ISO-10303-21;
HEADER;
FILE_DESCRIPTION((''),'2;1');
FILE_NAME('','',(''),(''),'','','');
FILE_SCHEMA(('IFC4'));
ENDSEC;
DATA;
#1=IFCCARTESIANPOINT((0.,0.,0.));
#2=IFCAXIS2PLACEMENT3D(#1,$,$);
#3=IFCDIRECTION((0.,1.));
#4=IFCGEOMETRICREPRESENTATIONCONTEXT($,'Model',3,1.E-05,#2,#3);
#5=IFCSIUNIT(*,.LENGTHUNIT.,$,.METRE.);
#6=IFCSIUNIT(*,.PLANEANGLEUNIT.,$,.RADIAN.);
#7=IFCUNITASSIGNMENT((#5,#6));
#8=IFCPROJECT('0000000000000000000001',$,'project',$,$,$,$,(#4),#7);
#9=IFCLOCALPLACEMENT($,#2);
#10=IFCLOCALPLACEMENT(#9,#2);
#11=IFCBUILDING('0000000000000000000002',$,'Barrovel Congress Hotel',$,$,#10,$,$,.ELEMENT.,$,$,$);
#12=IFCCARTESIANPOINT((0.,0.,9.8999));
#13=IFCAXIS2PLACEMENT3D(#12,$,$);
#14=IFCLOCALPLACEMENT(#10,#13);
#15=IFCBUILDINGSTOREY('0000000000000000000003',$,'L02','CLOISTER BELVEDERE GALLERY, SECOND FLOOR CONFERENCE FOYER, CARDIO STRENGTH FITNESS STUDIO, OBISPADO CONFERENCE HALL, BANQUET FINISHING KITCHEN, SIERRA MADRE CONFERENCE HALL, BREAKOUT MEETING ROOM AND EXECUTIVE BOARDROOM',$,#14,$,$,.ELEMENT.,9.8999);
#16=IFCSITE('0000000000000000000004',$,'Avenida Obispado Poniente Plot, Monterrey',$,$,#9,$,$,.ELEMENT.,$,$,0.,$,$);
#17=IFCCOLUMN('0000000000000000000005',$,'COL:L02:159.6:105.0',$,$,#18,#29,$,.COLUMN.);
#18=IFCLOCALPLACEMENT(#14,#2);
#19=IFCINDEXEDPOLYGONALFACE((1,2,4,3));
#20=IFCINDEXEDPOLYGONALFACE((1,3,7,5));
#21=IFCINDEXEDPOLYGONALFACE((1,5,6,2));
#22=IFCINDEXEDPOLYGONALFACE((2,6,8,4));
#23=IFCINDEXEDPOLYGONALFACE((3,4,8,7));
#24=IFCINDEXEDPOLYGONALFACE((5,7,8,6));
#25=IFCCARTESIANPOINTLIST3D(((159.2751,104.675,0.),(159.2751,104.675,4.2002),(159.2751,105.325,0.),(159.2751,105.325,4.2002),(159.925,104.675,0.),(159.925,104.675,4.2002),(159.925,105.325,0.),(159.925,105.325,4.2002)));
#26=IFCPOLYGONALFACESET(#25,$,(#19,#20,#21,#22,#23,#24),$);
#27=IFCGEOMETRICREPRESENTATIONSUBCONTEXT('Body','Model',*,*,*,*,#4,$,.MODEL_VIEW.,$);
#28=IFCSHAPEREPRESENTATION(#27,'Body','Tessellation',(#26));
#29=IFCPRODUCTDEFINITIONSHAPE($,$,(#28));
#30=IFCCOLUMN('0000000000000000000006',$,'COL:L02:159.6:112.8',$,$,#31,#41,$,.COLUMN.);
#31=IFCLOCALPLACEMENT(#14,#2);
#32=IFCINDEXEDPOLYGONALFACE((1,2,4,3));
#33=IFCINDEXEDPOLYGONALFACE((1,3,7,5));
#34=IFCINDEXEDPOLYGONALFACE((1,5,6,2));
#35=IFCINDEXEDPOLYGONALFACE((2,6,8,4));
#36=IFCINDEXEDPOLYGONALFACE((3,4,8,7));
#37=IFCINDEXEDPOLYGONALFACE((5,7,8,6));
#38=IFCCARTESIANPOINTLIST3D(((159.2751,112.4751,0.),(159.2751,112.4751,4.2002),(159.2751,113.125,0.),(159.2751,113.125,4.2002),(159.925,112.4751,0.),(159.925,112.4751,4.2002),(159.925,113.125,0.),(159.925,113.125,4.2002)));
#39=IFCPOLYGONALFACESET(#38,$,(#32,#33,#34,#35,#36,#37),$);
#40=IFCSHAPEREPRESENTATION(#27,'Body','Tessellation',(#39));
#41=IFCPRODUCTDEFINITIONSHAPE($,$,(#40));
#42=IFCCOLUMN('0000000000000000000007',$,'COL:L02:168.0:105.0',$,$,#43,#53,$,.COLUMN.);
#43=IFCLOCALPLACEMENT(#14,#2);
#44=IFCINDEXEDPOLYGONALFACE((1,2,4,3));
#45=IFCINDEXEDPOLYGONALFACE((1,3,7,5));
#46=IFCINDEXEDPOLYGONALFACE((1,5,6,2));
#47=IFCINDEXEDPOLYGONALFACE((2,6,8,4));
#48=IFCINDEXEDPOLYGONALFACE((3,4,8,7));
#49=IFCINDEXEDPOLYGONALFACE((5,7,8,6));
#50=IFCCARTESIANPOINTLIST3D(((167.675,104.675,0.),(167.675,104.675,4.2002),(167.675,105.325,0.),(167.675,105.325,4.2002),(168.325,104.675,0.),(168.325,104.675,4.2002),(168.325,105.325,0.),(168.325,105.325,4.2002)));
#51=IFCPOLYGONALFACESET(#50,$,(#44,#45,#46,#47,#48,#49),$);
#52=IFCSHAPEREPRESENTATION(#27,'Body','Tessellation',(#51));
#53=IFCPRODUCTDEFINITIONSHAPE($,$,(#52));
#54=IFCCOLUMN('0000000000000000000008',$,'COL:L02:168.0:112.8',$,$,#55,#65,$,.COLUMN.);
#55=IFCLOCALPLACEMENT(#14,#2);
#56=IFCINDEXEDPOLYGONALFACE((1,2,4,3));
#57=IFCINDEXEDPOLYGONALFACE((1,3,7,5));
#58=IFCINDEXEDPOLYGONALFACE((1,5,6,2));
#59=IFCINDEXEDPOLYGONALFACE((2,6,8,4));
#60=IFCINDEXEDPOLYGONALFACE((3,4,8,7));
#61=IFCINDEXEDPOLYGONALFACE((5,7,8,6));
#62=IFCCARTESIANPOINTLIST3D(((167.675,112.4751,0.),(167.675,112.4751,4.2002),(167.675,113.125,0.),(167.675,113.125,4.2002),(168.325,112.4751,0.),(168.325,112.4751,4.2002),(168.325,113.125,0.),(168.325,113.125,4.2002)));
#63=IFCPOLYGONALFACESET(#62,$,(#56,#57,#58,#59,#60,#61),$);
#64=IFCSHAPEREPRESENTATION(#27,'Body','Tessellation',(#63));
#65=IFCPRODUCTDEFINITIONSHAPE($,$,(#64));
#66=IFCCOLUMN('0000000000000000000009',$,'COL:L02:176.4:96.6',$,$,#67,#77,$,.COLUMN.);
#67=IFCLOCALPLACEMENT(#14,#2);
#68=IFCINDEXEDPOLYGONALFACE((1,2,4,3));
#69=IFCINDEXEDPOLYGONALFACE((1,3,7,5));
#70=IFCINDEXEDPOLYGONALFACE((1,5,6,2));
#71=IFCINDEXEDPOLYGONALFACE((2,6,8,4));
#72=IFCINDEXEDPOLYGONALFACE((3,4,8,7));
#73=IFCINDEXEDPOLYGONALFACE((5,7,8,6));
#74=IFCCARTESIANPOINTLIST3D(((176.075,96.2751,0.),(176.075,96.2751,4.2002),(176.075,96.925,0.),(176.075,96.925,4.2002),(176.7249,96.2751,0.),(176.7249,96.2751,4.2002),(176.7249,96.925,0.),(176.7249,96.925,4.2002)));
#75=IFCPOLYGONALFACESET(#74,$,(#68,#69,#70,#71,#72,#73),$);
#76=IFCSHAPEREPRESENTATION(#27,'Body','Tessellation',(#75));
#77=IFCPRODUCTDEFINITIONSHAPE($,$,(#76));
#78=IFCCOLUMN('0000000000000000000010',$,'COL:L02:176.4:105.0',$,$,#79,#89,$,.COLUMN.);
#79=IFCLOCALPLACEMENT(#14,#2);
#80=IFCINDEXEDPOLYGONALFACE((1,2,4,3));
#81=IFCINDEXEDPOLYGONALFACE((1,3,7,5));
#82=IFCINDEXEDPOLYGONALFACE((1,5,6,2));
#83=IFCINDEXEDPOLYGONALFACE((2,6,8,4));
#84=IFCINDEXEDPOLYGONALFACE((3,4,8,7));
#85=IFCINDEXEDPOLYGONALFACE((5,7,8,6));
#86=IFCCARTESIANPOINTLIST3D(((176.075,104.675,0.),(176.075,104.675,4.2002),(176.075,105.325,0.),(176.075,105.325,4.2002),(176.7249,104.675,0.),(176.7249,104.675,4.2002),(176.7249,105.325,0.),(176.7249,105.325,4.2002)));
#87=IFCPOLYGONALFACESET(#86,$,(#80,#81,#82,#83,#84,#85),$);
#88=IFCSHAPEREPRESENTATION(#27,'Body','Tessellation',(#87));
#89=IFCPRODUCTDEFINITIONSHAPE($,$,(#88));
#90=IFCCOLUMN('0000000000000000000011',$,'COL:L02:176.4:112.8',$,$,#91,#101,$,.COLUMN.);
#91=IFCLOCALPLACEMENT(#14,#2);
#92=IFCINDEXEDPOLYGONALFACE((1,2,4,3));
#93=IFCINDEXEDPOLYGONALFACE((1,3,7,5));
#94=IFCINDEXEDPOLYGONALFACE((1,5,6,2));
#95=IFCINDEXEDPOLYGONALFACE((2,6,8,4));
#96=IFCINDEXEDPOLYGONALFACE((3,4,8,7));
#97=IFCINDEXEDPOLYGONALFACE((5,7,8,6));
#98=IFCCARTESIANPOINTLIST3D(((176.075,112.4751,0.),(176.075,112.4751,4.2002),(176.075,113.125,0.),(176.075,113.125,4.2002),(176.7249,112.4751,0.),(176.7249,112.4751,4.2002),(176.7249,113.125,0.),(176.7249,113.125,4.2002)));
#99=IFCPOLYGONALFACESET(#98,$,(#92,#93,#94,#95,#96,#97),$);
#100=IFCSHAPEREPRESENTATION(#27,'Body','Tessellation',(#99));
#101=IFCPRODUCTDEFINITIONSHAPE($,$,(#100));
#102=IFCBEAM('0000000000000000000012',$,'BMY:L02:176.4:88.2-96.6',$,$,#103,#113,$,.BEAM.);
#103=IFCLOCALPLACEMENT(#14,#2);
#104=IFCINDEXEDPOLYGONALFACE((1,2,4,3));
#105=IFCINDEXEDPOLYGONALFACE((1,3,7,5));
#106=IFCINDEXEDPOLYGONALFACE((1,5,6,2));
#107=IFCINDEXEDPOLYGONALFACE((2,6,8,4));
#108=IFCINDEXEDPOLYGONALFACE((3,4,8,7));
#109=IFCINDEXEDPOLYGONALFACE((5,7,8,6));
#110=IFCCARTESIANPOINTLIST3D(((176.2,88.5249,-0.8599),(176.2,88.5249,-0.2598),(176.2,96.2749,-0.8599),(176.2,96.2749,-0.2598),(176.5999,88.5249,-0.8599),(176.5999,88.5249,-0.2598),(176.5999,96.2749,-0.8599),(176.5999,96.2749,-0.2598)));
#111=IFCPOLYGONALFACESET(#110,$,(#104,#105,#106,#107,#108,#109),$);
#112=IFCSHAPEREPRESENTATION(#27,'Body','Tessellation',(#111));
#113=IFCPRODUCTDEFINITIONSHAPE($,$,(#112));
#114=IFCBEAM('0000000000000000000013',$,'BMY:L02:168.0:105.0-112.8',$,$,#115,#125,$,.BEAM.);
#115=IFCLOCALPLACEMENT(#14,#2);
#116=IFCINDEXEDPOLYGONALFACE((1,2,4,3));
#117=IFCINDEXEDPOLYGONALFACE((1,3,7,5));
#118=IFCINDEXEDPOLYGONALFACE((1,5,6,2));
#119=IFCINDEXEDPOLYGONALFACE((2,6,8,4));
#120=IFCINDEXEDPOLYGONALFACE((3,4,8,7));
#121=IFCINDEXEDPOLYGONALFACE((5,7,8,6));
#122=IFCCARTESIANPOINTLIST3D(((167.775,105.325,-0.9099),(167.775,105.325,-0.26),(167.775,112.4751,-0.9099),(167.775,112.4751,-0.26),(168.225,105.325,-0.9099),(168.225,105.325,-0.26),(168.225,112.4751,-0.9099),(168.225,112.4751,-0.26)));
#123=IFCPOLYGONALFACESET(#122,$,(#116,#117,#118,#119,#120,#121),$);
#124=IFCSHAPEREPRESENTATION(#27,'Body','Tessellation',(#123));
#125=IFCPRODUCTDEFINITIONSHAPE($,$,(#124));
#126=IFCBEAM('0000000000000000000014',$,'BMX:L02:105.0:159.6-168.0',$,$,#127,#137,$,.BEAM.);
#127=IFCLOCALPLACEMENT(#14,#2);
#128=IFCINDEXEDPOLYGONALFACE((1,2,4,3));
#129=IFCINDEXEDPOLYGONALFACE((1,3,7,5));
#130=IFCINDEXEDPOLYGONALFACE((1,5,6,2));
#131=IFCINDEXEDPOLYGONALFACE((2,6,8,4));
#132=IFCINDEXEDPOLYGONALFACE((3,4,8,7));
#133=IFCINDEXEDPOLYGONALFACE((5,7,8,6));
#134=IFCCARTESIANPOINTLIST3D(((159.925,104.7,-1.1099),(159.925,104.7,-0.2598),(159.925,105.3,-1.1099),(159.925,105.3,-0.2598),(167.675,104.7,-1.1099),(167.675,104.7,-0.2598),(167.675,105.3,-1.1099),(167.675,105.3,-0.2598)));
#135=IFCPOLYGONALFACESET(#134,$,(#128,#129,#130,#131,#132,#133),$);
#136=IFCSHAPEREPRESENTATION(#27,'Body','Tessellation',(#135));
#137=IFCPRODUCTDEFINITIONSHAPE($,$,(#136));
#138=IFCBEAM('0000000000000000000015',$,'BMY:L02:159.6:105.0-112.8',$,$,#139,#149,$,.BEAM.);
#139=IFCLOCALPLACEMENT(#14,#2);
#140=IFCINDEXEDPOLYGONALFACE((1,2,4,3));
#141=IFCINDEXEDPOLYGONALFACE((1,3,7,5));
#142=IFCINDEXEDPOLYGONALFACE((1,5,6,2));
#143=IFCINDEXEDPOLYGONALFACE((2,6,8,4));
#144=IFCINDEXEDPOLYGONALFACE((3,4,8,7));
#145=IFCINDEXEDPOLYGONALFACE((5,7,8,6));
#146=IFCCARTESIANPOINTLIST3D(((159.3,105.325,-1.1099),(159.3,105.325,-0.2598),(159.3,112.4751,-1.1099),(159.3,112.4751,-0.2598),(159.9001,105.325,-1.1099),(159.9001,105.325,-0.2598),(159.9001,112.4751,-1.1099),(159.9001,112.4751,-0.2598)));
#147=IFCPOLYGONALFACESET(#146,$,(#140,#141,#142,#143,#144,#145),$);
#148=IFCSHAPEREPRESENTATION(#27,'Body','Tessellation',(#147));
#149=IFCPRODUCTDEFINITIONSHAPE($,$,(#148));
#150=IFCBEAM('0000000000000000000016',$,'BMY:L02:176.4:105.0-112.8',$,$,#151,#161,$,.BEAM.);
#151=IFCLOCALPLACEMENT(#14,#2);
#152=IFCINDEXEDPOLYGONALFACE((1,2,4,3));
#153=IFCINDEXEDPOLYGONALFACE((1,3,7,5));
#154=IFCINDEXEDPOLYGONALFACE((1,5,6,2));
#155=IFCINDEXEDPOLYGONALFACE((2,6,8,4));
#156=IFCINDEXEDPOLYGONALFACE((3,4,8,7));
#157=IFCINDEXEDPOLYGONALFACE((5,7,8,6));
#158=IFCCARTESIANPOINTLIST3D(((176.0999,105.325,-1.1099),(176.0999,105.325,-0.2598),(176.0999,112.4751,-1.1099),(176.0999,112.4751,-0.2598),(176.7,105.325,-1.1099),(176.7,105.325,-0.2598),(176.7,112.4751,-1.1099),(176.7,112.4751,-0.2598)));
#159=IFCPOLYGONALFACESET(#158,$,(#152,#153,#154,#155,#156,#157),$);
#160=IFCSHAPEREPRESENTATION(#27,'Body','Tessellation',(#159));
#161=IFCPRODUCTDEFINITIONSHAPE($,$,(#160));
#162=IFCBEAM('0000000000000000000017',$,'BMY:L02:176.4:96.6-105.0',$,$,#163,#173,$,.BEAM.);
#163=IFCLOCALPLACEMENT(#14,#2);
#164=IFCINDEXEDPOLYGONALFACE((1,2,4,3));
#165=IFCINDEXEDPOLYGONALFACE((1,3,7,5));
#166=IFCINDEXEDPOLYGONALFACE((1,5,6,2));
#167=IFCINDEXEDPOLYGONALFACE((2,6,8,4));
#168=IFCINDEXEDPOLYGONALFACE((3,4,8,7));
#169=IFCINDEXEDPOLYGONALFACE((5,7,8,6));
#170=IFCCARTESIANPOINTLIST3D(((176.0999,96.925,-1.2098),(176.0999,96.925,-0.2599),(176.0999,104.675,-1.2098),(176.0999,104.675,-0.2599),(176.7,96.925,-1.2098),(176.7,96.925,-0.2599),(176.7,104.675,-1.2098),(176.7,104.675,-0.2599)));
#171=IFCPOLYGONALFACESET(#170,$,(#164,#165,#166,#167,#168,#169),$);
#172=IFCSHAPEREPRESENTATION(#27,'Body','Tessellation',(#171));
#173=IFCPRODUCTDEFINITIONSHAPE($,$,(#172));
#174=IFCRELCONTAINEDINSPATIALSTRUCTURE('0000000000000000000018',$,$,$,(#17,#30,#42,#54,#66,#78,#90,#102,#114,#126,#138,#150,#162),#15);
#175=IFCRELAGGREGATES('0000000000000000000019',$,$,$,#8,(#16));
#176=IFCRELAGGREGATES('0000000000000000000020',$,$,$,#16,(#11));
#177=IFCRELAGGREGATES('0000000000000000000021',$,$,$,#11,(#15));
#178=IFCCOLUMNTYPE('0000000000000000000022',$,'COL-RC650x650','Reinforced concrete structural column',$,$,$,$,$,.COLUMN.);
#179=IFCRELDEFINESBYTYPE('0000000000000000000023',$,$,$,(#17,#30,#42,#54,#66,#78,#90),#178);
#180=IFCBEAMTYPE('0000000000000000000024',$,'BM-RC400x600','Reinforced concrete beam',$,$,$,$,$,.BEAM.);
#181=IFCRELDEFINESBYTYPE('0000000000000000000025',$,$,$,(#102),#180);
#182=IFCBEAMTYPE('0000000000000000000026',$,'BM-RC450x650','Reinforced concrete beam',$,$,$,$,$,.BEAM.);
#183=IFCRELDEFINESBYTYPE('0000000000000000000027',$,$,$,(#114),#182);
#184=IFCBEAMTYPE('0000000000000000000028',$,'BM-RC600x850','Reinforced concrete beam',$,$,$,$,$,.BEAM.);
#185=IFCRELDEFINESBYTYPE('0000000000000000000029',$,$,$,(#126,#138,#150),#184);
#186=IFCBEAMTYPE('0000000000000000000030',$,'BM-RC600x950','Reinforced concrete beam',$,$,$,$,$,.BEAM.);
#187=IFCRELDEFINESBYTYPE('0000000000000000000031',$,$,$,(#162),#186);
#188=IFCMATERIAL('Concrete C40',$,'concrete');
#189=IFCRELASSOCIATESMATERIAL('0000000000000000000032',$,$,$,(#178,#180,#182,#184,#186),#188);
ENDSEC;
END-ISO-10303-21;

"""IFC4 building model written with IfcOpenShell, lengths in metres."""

from ifc_helpers import new_model, si_unit, direction, frame, origin, origin_2d, place, context, subcontext, project, spatial, rectangle, extrude, material, material_profile, profile_set, type_object, element, save


model = new_model("IFC4")

# Units and contexts
model_context = context("Model", 3, precision=1e-05, world=origin(), true_north=direction((0.0, 1.0)))
body_context = subcontext(model_context, "Body", "Model", "MODEL_VIEW")
ifc_project = project(units=[si_unit("LENGTHUNIT", "METRE"), si_unit("PLANEANGLEUNIT", "RADIAN")], contexts=[model_context])

# Site, building, storey
site_placement = place(None, origin())
site = spatial("IfcSite", under=ifc_project, at=site_placement, Name="Avenida Obispado Poniente Plot, Monterrey", CompositionType="ELEMENT", RefElevation=0.0)
building_placement = place(site_placement, origin())
building = spatial("IfcBuilding", under=site, at=building_placement, Name="Barrovel Congress Hotel", CompositionType="ELEMENT")
storey_placement = place(building_placement, frame((0.0, 0.0, 9.8999)))
storey = spatial("IfcBuildingStorey", under=building, at=storey_placement, Name="L02", Description="CLOISTER BELVEDERE GALLERY, SECOND FLOOR CONFERENCE FOYER, CARDIO STRENGTH FITNESS STUDIO, OBISPADO CONFERENCE HALL, BANQUET FINISHING KITCHEN, SIERRA MADRE CONFERENCE HALL, BREAKOUT MEETING ROOM AND EXECUTIVE BOARDROOM", CompositionType="ELEMENT", Elevation=9.8999)

# Columns
ifc_material_1 = material(Name="Concrete C40", Category="concrete")
ifc_material_profile_1 = material_profile(ifc_material_1, rectangle(XDim=0.6499, YDim=0.6499, at=origin_2d()), Name="RC650x650")
ifc_profile_set_1 = profile_set([ifc_material_profile_1], Name="Concrete C40")
column_type = type_object("IfcColumnType", Name="COL-RC650x650", Description="Reinforced concrete structural column", PredefinedType="COLUMN", material=ifc_profile_set_1)
for number, where, z_axis, x_axis, name in (
    (1, (159.6001, 105.0, 0.0), (0.0, 0.0, 1.0), (1.0, 0.0, 0.0), "COL:L02:159.6:105.0"),
    (2, (159.6001, 112.8, 0.0), (0.0, 0.0, 1.0), (1.0, 0.0, 0.0), "COL:L02:159.6:112.8"),
    (3, (168.0, 105.0, 0.0), (0.0, 0.0, 1.0), (1.0, 0.0, 0.0), "COL:L02:168.0:105.0"),
    (4, (168.0, 112.8, 0.0), (0.0, 0.0, 1.0), (1.0, 0.0, 0.0), "COL:L02:168.0:112.8"),
    (5, (176.3999, 96.6001, 0.0), (0.0, 0.0, 1.0), (1.0, 0.0, 0.0), "COL:L02:176.4:96.6"),
    (6, (176.3999, 105.0, 0.0), (0.0, 0.0, 1.0), (1.0, 0.0, 0.0), "COL:L02:176.4:105.0"),
    (7, (176.3999, 112.8, 0.0), (0.0, 0.0, 1.0), (1.0, 0.0, 0.0), "COL:L02:176.4:112.8"),
):
    element("IfcColumn", number, at=place(storey_placement, frame(where, z_axis=z_axis, x_axis=x_axis)), inside=storey, type_object=column_type, Name=name, PredefinedType="COLUMN", context=body_context, shape_type="SweptSolid", body=[
        extrude(rectangle(XDim=0.6499, YDim=0.6499, at=origin_2d()), origin(), (0.0, 0.0, 1.0), 4.2002),
    ])

# Beams
ifc_material_profile_2 = material_profile(ifc_material_1, rectangle(XDim=0.3999, YDim=0.6001, at=origin_2d()), Name="RC400x600")
ifc_profile_set_2 = profile_set([ifc_material_profile_2], Name="Concrete C40")
beam_type_1 = type_object("IfcBeamType", Name="BM-RC400x600", Description="Reinforced concrete beam", PredefinedType="BEAM", material=ifc_profile_set_2)
beam_1_placement = place(storey_placement, frame((176.3999, 88.5249, -0.5598), z_axis=(0.0, 1.0, 0.0), x_axis=(-1.0, 0.0, 0.0)))
element("IfcBeam", 8, at=beam_1_placement, inside=storey, type_object=beam_type_1, Name="BMY:L02:176.4:88.2-96.6", PredefinedType="BEAM", context=body_context, shape_type="SweptSolid", body=[
    extrude(rectangle(XDim=0.3999, YDim=0.6001, at=origin_2d()), origin(), (0.0, 0.0, 1.0), 7.75),
])
ifc_material_profile_3 = material_profile(ifc_material_1, rectangle(XDim=0.45, YDim=0.6499, at=origin_2d()), Name="RC450x650")
ifc_profile_set_3 = profile_set([ifc_material_profile_3], Name="Concrete C40")
beam_type_2 = type_object("IfcBeamType", Name="BM-RC450x650", Description="Reinforced concrete beam", PredefinedType="BEAM", material=ifc_profile_set_3)
beam_2_placement = place(storey_placement, frame((168.0, 105.325, -0.585), z_axis=(0.0, 1.0, 0.0), x_axis=(-1.0, 0.0, 0.0)))
element("IfcBeam", 9, at=beam_2_placement, inside=storey, type_object=beam_type_2, Name="BMY:L02:168.0:105.0-112.8", PredefinedType="BEAM", context=body_context, shape_type="SweptSolid", body=[
    extrude(rectangle(XDim=0.45, YDim=0.6499, at=origin_2d()), origin(), (0.0, 0.0, 1.0), 7.1501),
])
ifc_material_profile_4 = material_profile(ifc_material_1, rectangle(XDim=0.6001, YDim=0.8501, at=origin_2d()), Name="RC600x850")
ifc_profile_set_4 = profile_set([ifc_material_profile_4], Name="Concrete C40")
beam_type_3 = type_object("IfcBeamType", Name="BM-RC600x850", Description="Reinforced concrete beam", PredefinedType="BEAM", material=ifc_profile_set_4)
beam_3_placement = place(storey_placement, frame((159.925, 105.0, -0.6848), z_axis=(1.0, 0.0, 0.0), x_axis=(0.0, 1.0, 0.0)))
element("IfcBeam", 10, at=beam_3_placement, inside=storey, type_object=beam_type_3, Name="BMX:L02:105.0:159.6-168.0", PredefinedType="BEAM", context=body_context, shape_type="SweptSolid", body=[
    extrude(rectangle(XDim=0.6001, YDim=0.8501, at=origin_2d()), origin(), (0.0, 0.0, 1.0), 7.75),
])
for number, where, z_axis, x_axis, name in (
    (11, (159.6001, 105.325, -0.6848), (0.0, 1.0, 0.0), (-1.0, 0.0, 0.0), "BMY:L02:159.6:105.0-112.8"),
    (12, (176.3999, 105.325, -0.6848), (0.0, 1.0, 0.0), (-1.0, 0.0, 0.0), "BMY:L02:176.4:105.0-112.8"),
):
    element("IfcBeam", number, at=place(storey_placement, frame(where, z_axis=z_axis, x_axis=x_axis)), inside=storey, type_object=beam_type_3, Name=name, PredefinedType="BEAM", context=body_context, shape_type="SweptSolid", body=[
        extrude(rectangle(XDim=0.6001, YDim=0.8501, at=origin_2d()), origin(), (0.0, 0.0, 1.0), 7.1501),
    ])
ifc_material_profile_5 = material_profile(ifc_material_1, rectangle(XDim=0.6001, YDim=0.95, at=origin_2d()), Name="RC600x950")
ifc_profile_set_5 = profile_set([ifc_material_profile_5], Name="Concrete C40")
beam_type_4 = type_object("IfcBeamType", Name="BM-RC600x950", Description="Reinforced concrete beam", PredefinedType="BEAM", material=ifc_profile_set_5)
beam_4_placement = place(storey_placement, frame((176.3999, 96.925, -0.7349), z_axis=(0.0, 1.0, 0.0), x_axis=(-1.0, 0.0, 0.0)))
element("IfcBeam", 13, at=beam_4_placement, inside=storey, type_object=beam_type_4, Name="BMY:L02:176.4:96.6-105.0", PredefinedType="BEAM", context=body_context, shape_type="SweptSolid", body=[
    extrude(rectangle(XDim=0.6001, YDim=0.95, at=origin_2d()), origin(), (0.0, 0.0, 1.0), 7.75),
])

save(model, "model.ifc")
